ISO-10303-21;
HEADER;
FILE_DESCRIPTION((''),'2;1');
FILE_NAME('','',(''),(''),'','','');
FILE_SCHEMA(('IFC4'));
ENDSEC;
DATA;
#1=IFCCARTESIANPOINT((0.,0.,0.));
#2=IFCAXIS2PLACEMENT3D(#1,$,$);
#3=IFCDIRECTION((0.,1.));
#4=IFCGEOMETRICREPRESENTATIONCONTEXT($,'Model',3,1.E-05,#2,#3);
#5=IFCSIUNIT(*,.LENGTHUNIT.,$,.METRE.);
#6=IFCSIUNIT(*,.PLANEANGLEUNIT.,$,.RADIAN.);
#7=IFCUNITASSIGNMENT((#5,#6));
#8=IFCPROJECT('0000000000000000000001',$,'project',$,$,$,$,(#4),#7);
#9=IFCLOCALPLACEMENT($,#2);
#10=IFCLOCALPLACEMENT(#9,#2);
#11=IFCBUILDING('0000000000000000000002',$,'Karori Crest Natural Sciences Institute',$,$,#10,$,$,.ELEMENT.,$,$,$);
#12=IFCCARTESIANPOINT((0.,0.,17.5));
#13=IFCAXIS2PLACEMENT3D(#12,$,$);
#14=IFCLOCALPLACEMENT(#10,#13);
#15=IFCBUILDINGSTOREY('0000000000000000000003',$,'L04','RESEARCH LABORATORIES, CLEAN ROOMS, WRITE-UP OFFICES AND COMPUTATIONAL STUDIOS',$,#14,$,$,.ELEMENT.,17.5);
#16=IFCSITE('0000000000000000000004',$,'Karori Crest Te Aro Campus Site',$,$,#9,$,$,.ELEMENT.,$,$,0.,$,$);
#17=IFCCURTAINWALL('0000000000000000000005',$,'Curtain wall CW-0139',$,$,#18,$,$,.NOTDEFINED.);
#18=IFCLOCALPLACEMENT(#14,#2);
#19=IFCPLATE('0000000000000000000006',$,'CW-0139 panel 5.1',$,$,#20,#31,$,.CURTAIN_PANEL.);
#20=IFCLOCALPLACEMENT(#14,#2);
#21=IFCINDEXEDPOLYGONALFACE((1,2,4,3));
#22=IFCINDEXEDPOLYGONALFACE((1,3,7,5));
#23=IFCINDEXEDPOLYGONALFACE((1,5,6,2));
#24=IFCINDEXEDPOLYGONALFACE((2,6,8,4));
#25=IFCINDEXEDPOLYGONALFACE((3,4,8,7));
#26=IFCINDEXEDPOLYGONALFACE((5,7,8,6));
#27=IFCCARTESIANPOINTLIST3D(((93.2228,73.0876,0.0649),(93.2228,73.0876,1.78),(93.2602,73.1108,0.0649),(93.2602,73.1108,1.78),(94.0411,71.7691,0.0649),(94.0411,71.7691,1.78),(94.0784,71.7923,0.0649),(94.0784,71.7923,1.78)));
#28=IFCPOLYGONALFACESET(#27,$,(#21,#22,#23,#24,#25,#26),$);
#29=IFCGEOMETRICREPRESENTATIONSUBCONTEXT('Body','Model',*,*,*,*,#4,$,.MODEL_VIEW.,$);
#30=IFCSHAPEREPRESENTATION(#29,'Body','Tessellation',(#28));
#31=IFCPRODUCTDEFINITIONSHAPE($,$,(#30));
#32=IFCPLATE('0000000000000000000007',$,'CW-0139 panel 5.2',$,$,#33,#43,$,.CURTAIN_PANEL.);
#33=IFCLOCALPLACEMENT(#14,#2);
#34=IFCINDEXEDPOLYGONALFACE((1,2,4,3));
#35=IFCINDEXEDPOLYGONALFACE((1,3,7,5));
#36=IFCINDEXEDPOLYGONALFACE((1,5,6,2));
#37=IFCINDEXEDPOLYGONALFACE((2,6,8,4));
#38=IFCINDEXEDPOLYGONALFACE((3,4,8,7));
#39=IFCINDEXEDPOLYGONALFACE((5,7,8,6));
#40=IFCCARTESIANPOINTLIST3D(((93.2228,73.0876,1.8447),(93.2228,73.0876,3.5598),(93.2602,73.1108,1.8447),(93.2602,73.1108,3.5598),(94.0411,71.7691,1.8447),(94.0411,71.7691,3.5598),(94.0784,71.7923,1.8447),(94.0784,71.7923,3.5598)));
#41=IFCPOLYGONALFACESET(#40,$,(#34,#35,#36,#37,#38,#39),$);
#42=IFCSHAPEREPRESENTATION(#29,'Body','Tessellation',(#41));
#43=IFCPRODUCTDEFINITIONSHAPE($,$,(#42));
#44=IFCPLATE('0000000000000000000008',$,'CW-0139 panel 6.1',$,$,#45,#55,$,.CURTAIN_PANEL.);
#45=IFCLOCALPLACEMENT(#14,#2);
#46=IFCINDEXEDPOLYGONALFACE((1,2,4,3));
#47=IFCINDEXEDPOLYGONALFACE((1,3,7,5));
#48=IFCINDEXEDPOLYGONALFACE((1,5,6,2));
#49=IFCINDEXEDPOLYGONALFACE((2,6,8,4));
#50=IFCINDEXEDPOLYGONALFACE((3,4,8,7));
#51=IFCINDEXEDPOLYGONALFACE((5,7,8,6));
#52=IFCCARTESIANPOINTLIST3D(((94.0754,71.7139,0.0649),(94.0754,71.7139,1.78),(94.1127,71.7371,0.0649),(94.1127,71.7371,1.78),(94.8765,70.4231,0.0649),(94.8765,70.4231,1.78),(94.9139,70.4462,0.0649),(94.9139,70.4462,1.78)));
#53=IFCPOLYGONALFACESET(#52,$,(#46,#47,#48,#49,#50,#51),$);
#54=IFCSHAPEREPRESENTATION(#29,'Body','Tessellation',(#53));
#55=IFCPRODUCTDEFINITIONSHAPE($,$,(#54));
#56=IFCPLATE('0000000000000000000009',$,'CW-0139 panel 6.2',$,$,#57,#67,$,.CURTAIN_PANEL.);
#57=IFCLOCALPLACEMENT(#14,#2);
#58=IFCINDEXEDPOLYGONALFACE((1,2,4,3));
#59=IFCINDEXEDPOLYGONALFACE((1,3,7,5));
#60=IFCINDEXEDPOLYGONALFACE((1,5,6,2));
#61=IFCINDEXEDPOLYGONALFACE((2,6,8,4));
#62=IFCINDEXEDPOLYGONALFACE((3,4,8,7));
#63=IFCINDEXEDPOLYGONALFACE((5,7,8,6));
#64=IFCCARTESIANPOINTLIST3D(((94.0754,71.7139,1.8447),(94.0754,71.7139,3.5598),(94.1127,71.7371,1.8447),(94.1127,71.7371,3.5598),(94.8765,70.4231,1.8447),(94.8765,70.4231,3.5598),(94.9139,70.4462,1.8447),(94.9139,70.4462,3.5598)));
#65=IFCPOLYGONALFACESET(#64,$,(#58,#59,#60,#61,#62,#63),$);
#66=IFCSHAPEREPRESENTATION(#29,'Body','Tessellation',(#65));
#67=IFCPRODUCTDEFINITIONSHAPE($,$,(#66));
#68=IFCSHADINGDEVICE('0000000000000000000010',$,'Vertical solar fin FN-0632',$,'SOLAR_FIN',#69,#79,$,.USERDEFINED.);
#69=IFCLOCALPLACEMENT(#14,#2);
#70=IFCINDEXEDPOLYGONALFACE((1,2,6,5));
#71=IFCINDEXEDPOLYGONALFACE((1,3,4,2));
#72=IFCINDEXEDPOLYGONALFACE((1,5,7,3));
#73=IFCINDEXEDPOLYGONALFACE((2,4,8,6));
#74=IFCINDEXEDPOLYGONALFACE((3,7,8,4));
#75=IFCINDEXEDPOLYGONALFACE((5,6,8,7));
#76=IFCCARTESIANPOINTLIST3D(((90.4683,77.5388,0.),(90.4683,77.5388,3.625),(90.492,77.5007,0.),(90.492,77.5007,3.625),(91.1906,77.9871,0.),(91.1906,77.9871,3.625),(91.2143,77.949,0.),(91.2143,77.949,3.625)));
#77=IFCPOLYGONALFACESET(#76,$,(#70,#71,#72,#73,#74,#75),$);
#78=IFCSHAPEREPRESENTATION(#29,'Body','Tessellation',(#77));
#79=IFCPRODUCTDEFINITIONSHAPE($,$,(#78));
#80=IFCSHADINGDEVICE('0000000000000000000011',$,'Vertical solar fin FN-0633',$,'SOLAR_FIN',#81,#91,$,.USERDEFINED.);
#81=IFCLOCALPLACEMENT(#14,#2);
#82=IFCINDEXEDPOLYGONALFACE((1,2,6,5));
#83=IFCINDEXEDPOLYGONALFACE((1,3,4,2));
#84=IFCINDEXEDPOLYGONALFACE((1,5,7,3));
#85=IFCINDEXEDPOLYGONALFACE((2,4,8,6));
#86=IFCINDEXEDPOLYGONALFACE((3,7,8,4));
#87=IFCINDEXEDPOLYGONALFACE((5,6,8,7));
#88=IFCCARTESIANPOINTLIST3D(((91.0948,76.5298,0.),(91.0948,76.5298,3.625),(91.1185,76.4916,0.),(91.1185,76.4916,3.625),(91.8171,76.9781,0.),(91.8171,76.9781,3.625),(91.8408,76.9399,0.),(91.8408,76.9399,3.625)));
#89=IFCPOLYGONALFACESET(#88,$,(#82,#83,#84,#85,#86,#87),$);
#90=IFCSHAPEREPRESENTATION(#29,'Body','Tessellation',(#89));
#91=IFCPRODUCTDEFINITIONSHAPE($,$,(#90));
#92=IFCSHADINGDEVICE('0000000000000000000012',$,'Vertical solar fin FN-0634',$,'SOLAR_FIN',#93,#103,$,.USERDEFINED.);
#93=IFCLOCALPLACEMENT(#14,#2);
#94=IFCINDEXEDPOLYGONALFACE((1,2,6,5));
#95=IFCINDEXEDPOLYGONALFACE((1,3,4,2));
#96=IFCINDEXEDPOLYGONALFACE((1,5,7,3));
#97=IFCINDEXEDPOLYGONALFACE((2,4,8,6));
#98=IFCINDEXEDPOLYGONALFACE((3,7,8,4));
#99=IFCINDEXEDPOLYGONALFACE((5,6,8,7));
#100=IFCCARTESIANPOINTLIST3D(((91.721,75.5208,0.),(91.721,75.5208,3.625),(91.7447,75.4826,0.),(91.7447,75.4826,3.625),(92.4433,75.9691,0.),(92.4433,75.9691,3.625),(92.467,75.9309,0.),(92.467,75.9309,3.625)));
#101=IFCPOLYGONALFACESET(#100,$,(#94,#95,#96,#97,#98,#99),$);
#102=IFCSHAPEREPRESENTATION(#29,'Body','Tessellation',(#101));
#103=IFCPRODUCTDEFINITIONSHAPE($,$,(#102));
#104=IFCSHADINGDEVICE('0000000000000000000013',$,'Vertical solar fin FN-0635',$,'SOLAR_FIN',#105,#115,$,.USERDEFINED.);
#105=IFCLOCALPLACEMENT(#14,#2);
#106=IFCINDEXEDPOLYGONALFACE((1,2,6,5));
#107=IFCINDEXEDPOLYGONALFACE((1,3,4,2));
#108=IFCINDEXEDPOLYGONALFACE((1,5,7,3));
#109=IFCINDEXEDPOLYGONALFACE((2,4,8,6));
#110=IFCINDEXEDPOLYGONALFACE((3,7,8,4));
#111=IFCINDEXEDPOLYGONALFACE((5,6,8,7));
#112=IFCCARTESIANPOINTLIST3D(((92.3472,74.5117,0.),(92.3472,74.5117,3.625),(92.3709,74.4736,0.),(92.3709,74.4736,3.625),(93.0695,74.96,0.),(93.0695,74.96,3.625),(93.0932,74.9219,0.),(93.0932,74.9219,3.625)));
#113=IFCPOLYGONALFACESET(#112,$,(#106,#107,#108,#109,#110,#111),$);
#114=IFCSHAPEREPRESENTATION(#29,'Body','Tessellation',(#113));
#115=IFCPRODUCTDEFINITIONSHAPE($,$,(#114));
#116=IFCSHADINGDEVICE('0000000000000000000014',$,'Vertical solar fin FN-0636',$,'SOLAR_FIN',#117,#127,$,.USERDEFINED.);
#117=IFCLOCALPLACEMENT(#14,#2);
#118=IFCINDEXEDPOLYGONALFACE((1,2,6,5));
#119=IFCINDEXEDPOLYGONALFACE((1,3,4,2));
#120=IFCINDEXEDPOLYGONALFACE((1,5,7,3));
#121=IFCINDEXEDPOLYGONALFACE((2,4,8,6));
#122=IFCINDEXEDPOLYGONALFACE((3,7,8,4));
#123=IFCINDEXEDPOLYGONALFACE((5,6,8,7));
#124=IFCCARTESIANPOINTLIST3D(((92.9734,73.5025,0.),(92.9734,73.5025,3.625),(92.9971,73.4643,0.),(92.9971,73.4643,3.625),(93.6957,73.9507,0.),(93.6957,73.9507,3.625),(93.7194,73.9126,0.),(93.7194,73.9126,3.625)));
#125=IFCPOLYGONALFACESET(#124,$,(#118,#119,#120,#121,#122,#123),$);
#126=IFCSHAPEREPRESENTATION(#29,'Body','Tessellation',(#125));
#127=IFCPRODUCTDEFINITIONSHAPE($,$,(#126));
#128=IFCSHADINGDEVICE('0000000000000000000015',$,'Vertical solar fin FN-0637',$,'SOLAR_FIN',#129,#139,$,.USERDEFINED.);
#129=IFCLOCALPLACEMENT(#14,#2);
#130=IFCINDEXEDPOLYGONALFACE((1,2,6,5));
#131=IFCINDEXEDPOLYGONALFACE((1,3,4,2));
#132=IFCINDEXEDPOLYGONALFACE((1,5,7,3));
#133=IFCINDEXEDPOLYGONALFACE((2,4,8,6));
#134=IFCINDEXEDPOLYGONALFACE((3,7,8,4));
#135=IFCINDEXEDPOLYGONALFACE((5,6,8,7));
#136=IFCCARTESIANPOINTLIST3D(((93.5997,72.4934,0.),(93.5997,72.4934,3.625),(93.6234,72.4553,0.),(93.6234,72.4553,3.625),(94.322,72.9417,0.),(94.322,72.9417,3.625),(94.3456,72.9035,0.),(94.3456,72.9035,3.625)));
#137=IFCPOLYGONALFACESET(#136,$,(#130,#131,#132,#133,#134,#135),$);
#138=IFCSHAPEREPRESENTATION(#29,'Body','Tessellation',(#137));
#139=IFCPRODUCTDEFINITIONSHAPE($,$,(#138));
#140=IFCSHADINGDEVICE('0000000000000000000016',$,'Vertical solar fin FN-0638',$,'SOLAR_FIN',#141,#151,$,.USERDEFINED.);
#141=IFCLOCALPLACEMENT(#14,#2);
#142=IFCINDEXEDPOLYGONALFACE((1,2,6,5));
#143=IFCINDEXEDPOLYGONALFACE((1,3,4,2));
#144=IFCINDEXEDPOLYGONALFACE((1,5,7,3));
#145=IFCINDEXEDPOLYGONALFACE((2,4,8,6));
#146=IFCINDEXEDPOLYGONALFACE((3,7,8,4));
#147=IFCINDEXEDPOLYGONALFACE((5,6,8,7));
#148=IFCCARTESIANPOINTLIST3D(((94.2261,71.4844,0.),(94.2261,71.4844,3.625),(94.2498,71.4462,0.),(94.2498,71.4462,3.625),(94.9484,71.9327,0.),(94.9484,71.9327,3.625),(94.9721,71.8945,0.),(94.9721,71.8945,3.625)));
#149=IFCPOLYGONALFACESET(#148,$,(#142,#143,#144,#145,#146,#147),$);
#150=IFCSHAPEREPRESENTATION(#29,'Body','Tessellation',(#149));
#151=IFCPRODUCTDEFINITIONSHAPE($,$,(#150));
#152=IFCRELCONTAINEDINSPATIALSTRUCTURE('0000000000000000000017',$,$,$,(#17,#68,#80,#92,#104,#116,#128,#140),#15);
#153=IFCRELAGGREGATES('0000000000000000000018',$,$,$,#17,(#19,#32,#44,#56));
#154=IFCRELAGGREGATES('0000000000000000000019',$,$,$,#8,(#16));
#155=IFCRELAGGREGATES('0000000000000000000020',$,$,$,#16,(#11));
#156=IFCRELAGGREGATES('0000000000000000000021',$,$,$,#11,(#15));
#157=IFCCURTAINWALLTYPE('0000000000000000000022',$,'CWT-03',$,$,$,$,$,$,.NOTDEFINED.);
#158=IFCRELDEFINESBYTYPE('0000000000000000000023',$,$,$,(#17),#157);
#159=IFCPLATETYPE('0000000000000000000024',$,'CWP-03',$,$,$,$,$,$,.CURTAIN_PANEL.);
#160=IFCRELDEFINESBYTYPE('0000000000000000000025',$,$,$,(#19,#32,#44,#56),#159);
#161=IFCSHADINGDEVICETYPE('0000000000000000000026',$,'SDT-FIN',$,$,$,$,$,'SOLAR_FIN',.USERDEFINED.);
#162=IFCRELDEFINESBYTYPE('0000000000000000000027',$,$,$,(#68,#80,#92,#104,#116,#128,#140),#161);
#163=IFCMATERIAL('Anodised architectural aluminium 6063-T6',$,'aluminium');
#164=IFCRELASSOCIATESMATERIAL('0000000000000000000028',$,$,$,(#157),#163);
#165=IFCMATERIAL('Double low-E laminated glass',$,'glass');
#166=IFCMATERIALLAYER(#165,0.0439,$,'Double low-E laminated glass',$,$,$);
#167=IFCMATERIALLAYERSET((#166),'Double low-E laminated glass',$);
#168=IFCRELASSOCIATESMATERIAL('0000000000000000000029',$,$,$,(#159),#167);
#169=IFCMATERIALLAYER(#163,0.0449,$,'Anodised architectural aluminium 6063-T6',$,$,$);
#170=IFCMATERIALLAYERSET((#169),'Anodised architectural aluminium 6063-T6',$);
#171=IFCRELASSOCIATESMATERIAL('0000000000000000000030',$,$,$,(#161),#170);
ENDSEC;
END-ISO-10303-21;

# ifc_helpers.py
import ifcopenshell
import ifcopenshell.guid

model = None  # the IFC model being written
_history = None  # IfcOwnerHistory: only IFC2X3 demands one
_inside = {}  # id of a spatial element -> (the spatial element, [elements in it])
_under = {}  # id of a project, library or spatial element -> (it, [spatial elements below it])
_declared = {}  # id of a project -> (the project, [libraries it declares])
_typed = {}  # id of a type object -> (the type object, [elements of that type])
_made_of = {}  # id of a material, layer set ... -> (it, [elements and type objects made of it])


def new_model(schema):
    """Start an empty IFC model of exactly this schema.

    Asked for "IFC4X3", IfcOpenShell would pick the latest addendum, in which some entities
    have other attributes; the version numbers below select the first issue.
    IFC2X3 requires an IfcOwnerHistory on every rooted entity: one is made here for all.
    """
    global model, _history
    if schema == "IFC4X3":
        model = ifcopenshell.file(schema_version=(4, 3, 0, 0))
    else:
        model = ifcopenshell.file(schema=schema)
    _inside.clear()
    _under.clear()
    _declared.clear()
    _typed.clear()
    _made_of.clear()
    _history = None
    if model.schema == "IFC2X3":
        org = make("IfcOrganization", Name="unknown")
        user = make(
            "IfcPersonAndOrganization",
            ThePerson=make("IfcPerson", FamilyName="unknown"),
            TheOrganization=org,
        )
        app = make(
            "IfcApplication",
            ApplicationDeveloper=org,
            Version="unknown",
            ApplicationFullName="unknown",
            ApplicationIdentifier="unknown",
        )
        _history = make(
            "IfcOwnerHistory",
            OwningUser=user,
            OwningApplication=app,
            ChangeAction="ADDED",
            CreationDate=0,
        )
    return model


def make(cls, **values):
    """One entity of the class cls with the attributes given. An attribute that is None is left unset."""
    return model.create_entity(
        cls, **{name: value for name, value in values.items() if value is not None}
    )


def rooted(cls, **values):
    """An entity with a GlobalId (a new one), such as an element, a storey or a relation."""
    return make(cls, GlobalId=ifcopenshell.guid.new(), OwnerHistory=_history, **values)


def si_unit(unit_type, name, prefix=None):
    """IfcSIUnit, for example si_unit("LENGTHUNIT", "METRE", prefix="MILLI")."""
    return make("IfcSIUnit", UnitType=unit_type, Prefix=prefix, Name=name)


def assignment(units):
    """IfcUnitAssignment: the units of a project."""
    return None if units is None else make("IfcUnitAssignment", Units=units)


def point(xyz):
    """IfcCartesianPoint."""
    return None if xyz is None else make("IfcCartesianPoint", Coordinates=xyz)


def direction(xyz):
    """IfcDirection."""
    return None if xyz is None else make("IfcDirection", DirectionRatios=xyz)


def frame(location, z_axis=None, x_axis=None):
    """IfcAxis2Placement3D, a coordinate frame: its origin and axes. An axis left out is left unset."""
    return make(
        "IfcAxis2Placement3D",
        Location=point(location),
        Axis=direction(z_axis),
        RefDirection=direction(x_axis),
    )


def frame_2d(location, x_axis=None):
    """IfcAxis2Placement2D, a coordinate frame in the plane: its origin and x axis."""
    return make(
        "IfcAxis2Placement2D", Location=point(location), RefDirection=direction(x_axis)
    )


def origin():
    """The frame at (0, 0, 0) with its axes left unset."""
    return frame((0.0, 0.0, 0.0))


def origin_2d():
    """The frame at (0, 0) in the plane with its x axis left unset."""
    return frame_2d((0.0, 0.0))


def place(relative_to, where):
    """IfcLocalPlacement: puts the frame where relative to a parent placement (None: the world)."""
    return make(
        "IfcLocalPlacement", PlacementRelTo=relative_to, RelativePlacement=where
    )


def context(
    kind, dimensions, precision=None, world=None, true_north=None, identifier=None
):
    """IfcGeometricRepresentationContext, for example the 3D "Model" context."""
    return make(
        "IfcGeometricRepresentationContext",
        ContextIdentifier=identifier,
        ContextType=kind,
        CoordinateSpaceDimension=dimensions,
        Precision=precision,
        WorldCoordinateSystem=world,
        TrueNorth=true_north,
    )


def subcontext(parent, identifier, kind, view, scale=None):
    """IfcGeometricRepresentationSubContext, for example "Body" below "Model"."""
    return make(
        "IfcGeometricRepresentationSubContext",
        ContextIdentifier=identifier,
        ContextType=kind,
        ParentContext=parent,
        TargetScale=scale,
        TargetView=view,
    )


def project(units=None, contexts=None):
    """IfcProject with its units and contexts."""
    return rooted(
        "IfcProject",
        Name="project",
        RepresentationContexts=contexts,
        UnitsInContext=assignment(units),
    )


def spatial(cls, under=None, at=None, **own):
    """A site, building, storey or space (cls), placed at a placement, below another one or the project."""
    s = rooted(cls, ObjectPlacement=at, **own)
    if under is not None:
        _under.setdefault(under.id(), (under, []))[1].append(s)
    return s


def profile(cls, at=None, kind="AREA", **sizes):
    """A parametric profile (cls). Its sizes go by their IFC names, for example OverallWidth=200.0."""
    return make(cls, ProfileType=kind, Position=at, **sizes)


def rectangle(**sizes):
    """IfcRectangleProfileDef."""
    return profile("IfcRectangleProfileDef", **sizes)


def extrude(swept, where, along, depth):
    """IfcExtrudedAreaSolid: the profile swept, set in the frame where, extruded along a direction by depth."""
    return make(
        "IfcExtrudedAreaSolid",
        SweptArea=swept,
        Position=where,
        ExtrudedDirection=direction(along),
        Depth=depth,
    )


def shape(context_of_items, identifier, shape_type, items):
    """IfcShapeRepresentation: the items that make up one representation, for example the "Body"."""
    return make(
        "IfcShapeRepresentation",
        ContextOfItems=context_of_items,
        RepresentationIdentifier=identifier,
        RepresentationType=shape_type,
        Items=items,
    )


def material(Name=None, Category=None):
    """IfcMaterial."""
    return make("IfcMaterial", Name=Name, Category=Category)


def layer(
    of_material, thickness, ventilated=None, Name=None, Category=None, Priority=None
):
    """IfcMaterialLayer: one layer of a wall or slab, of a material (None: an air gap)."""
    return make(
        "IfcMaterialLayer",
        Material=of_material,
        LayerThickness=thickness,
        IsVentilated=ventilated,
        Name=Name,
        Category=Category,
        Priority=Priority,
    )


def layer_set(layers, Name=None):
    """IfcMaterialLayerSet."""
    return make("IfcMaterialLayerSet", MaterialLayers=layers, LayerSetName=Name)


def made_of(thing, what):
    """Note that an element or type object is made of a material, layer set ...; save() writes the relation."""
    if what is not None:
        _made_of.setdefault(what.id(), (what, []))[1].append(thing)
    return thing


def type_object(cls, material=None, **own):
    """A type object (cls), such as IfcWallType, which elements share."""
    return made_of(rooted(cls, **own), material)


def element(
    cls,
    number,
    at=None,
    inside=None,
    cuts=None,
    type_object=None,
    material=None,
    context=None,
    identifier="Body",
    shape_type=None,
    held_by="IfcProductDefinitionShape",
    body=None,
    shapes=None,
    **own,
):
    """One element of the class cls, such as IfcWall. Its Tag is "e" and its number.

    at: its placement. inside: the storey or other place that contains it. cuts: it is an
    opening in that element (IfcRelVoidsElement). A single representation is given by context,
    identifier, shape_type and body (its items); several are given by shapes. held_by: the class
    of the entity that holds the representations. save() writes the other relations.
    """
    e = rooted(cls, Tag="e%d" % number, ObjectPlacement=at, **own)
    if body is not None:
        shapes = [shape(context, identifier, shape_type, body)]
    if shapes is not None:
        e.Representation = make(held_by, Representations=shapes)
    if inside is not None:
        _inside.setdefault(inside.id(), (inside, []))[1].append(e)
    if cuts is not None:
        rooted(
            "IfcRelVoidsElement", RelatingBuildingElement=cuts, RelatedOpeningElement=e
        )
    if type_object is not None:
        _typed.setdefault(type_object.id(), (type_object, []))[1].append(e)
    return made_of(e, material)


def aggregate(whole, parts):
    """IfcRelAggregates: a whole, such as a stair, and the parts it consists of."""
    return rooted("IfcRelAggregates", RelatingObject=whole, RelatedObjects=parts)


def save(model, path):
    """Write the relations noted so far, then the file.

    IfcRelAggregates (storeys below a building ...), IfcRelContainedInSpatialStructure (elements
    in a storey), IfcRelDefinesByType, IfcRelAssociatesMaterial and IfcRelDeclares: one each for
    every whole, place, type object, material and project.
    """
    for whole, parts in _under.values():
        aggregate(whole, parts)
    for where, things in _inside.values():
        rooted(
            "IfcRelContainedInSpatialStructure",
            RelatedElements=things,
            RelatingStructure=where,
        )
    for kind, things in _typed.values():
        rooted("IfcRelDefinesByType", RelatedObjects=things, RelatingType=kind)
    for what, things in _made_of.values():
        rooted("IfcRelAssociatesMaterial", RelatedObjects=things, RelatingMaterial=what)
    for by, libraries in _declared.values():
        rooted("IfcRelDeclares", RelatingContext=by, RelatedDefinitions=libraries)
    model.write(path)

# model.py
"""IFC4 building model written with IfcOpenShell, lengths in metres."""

from ifc_helpers import new_model, si_unit, direction, frame, origin, origin_2d, place, context, subcontext, project, spatial, rectangle, extrude, material, layer, layer_set, type_object, element, aggregate, save


model = new_model("IFC4")

# Units and contexts
model_context = context("Model", 3, precision=1e-05, world=origin(), true_north=direction((0.0, 1.0)))
body_context = subcontext(model_context, "Body", "Model", "MODEL_VIEW")
ifc_project = project(units=[si_unit("LENGTHUNIT", "METRE"), si_unit("PLANEANGLEUNIT", "RADIAN")], contexts=[model_context])

# Site, building, storey
site_placement = place(None, origin())
site = spatial("IfcSite", under=ifc_project, at=site_placement, Name="Karori Crest Te Aro Campus Site", CompositionType="ELEMENT", RefElevation=0.0)
building_placement = place(site_placement, origin())
building = spatial("IfcBuilding", under=site, at=building_placement, Name="Karori Crest Natural Sciences Institute", CompositionType="ELEMENT")
storey_placement = place(building_placement, frame((0.0, 0.0, 17.5)))
storey = spatial("IfcBuildingStorey", under=building, at=storey_placement, Name="L04", Description="RESEARCH LABORATORIES, CLEAN ROOMS, WRITE-UP OFFICES AND COMPUTATIONAL STUDIOS", CompositionType="ELEMENT", Elevation=17.5)

# Curtain wall, plates
ifc_material_1 = material(Name="Anodised architectural aluminium 6063-T6", Category="aluminium")
curtain_wall_type = type_object("IfcCurtainWallType", Name="CWT-03", PredefinedType="NOTDEFINED", material=ifc_material_1)
curtain_wall_placement = place(storey_placement, origin())
curtain_wall = element("IfcCurtainWall", 1, at=curtain_wall_placement, inside=storey, type_object=curtain_wall_type, Name="Curtain wall CW-0139", PredefinedType="NOTDEFINED")
ifc_material_2 = material(Name="Double low-E laminated glass", Category="glass")
ifc_layer_1 = layer(ifc_material_2, 0.0439, Name="Double low-E laminated glass")
ifc_layer_set_1 = layer_set([ifc_layer_1], Name="Double low-E laminated glass")
plate_type = type_object("IfcPlateType", Name="CWP-03", PredefinedType="CURTAIN_PANEL", material=ifc_layer_set_1)
plate_1_placement = place(storey_placement, frame((93.6506, 72.4399, 0.0649), z_axis=(0.0, 0.0, 1.0), x_axis=(0.527328, -0.849662, 0.0)))
plate_1 = element("IfcPlate", 2, at=plate_1_placement, type_object=plate_type, Name="CW-0139 panel 5.1", PredefinedType="CURTAIN_PANEL", context=body_context, shape_type="SweptSolid", body=[
    extrude(rectangle(XDim=1.5518, YDim=0.0439, at=origin_2d()), origin(), (0.0, 0.0, 1.0), 1.7151),
])
plate_2_placement = place(storey_placement, frame((93.6506, 72.4399, 1.8447), z_axis=(0.0, 0.0, 1.0), x_axis=(0.527328, -0.849662, 0.0)))
plate_2 = element("IfcPlate", 3, at=plate_2_placement, type_object=plate_type, Name="CW-0139 panel 5.2", PredefinedType="CURTAIN_PANEL", context=body_context, shape_type="SweptSolid", body=[
    extrude(rectangle(XDim=1.5518, YDim=0.0439, at=origin_2d()), origin(), (0.0, 0.0, 1.0), 1.7151),
])
plate_3_placement = place(storey_placement, frame((94.4946, 71.0801, 0.0649), z_axis=(0.0, 0.0, 1.0), x_axis=(0.527328, -0.849662, 0.0)))
plate_3 = element("IfcPlate", 4, at=plate_3_placement, type_object=plate_type, Name="CW-0139 panel 6.1", PredefinedType="CURTAIN_PANEL", context=body_context, shape_type="SweptSolid", body=[
    extrude(rectangle(XDim=1.5193, YDim=0.0439, at=origin_2d()), origin(), (0.0, 0.0, 1.0), 1.7151),
])
plate_4_placement = place(storey_placement, frame((94.4946, 71.0801, 1.8447), z_axis=(0.0, 0.0, 1.0), x_axis=(0.527328, -0.849662, 0.0)))
plate_4 = element("IfcPlate", 5, at=plate_4_placement, type_object=plate_type, Name="CW-0139 panel 6.2", PredefinedType="CURTAIN_PANEL", context=body_context, shape_type="SweptSolid", body=[
    extrude(rectangle(XDim=1.5193, YDim=0.0439, at=origin_2d()), origin(), (0.0, 0.0, 1.0), 1.7151),
])
aggregate(curtain_wall, [plate_1, plate_2, plate_3, plate_4])

# Shading devices
ifc_layer_2 = layer(ifc_material_1, 0.0449, Name="Anodised architectural aluminium 6063-T6")
ifc_layer_set_2 = layer_set([ifc_layer_2], Name="Anodised architectural aluminium 6063-T6")
shading_device_type = type_object("IfcShadingDeviceType", Name="SDT-FIN", ElementType="SOLAR_FIN", PredefinedType="USERDEFINED", material=ifc_layer_set_2)
for number, where, z_axis, x_axis, name in (
    (6, (90.8413, 77.7439, 0.0), (0.0, 0.0, 1.0), (0.849662, 0.527328, 0.0), "Vertical solar fin FN-0632"),
    (7, (91.4678, 76.7349, 0.0), (0.0, 0.0, 1.0), (0.849662, 0.527328, 0.0), "Vertical solar fin FN-0633"),
    (8, (92.094, 75.7258, 0.0), (0.0, 0.0, 1.0), (0.849662, 0.527328, 0.0), "Vertical solar fin FN-0634"),
    (9, (92.7202, 74.7168, 0.0), (0.0, 0.0, 1.0), (0.849662, 0.527328, 0.0), "Vertical solar fin FN-0635"),
    (10, (93.3464, 73.7075, 0.0), (0.0, 0.0, 1.0), (0.849662, 0.527328, 0.0), "Vertical solar fin FN-0636"),
    (11, (93.9727, 72.6985, 0.0), (0.0, 0.0, 1.0), (0.849662, 0.527328, 0.0), "Vertical solar fin FN-0637"),
    (12, (94.5991, 71.6895, 0.0), (0.0, 0.0, 1.0), (0.849662, 0.527328, 0.0), "Vertical solar fin FN-0638"),
):
    element("IfcShadingDevice", number, at=place(storey_placement, frame(where, z_axis=z_axis, x_axis=x_axis)), inside=storey, type_object=shading_device_type, Name=name, ObjectType="SOLAR_FIN", PredefinedType="USERDEFINED", context=body_context, shape_type="SweptSolid", body=[
        extrude(rectangle(XDim=0.8501, YDim=0.0449, at=origin_2d()), origin(), (0.0, 0.0, 1.0), 3.625),
    ])

save(model, "model.ifc")
